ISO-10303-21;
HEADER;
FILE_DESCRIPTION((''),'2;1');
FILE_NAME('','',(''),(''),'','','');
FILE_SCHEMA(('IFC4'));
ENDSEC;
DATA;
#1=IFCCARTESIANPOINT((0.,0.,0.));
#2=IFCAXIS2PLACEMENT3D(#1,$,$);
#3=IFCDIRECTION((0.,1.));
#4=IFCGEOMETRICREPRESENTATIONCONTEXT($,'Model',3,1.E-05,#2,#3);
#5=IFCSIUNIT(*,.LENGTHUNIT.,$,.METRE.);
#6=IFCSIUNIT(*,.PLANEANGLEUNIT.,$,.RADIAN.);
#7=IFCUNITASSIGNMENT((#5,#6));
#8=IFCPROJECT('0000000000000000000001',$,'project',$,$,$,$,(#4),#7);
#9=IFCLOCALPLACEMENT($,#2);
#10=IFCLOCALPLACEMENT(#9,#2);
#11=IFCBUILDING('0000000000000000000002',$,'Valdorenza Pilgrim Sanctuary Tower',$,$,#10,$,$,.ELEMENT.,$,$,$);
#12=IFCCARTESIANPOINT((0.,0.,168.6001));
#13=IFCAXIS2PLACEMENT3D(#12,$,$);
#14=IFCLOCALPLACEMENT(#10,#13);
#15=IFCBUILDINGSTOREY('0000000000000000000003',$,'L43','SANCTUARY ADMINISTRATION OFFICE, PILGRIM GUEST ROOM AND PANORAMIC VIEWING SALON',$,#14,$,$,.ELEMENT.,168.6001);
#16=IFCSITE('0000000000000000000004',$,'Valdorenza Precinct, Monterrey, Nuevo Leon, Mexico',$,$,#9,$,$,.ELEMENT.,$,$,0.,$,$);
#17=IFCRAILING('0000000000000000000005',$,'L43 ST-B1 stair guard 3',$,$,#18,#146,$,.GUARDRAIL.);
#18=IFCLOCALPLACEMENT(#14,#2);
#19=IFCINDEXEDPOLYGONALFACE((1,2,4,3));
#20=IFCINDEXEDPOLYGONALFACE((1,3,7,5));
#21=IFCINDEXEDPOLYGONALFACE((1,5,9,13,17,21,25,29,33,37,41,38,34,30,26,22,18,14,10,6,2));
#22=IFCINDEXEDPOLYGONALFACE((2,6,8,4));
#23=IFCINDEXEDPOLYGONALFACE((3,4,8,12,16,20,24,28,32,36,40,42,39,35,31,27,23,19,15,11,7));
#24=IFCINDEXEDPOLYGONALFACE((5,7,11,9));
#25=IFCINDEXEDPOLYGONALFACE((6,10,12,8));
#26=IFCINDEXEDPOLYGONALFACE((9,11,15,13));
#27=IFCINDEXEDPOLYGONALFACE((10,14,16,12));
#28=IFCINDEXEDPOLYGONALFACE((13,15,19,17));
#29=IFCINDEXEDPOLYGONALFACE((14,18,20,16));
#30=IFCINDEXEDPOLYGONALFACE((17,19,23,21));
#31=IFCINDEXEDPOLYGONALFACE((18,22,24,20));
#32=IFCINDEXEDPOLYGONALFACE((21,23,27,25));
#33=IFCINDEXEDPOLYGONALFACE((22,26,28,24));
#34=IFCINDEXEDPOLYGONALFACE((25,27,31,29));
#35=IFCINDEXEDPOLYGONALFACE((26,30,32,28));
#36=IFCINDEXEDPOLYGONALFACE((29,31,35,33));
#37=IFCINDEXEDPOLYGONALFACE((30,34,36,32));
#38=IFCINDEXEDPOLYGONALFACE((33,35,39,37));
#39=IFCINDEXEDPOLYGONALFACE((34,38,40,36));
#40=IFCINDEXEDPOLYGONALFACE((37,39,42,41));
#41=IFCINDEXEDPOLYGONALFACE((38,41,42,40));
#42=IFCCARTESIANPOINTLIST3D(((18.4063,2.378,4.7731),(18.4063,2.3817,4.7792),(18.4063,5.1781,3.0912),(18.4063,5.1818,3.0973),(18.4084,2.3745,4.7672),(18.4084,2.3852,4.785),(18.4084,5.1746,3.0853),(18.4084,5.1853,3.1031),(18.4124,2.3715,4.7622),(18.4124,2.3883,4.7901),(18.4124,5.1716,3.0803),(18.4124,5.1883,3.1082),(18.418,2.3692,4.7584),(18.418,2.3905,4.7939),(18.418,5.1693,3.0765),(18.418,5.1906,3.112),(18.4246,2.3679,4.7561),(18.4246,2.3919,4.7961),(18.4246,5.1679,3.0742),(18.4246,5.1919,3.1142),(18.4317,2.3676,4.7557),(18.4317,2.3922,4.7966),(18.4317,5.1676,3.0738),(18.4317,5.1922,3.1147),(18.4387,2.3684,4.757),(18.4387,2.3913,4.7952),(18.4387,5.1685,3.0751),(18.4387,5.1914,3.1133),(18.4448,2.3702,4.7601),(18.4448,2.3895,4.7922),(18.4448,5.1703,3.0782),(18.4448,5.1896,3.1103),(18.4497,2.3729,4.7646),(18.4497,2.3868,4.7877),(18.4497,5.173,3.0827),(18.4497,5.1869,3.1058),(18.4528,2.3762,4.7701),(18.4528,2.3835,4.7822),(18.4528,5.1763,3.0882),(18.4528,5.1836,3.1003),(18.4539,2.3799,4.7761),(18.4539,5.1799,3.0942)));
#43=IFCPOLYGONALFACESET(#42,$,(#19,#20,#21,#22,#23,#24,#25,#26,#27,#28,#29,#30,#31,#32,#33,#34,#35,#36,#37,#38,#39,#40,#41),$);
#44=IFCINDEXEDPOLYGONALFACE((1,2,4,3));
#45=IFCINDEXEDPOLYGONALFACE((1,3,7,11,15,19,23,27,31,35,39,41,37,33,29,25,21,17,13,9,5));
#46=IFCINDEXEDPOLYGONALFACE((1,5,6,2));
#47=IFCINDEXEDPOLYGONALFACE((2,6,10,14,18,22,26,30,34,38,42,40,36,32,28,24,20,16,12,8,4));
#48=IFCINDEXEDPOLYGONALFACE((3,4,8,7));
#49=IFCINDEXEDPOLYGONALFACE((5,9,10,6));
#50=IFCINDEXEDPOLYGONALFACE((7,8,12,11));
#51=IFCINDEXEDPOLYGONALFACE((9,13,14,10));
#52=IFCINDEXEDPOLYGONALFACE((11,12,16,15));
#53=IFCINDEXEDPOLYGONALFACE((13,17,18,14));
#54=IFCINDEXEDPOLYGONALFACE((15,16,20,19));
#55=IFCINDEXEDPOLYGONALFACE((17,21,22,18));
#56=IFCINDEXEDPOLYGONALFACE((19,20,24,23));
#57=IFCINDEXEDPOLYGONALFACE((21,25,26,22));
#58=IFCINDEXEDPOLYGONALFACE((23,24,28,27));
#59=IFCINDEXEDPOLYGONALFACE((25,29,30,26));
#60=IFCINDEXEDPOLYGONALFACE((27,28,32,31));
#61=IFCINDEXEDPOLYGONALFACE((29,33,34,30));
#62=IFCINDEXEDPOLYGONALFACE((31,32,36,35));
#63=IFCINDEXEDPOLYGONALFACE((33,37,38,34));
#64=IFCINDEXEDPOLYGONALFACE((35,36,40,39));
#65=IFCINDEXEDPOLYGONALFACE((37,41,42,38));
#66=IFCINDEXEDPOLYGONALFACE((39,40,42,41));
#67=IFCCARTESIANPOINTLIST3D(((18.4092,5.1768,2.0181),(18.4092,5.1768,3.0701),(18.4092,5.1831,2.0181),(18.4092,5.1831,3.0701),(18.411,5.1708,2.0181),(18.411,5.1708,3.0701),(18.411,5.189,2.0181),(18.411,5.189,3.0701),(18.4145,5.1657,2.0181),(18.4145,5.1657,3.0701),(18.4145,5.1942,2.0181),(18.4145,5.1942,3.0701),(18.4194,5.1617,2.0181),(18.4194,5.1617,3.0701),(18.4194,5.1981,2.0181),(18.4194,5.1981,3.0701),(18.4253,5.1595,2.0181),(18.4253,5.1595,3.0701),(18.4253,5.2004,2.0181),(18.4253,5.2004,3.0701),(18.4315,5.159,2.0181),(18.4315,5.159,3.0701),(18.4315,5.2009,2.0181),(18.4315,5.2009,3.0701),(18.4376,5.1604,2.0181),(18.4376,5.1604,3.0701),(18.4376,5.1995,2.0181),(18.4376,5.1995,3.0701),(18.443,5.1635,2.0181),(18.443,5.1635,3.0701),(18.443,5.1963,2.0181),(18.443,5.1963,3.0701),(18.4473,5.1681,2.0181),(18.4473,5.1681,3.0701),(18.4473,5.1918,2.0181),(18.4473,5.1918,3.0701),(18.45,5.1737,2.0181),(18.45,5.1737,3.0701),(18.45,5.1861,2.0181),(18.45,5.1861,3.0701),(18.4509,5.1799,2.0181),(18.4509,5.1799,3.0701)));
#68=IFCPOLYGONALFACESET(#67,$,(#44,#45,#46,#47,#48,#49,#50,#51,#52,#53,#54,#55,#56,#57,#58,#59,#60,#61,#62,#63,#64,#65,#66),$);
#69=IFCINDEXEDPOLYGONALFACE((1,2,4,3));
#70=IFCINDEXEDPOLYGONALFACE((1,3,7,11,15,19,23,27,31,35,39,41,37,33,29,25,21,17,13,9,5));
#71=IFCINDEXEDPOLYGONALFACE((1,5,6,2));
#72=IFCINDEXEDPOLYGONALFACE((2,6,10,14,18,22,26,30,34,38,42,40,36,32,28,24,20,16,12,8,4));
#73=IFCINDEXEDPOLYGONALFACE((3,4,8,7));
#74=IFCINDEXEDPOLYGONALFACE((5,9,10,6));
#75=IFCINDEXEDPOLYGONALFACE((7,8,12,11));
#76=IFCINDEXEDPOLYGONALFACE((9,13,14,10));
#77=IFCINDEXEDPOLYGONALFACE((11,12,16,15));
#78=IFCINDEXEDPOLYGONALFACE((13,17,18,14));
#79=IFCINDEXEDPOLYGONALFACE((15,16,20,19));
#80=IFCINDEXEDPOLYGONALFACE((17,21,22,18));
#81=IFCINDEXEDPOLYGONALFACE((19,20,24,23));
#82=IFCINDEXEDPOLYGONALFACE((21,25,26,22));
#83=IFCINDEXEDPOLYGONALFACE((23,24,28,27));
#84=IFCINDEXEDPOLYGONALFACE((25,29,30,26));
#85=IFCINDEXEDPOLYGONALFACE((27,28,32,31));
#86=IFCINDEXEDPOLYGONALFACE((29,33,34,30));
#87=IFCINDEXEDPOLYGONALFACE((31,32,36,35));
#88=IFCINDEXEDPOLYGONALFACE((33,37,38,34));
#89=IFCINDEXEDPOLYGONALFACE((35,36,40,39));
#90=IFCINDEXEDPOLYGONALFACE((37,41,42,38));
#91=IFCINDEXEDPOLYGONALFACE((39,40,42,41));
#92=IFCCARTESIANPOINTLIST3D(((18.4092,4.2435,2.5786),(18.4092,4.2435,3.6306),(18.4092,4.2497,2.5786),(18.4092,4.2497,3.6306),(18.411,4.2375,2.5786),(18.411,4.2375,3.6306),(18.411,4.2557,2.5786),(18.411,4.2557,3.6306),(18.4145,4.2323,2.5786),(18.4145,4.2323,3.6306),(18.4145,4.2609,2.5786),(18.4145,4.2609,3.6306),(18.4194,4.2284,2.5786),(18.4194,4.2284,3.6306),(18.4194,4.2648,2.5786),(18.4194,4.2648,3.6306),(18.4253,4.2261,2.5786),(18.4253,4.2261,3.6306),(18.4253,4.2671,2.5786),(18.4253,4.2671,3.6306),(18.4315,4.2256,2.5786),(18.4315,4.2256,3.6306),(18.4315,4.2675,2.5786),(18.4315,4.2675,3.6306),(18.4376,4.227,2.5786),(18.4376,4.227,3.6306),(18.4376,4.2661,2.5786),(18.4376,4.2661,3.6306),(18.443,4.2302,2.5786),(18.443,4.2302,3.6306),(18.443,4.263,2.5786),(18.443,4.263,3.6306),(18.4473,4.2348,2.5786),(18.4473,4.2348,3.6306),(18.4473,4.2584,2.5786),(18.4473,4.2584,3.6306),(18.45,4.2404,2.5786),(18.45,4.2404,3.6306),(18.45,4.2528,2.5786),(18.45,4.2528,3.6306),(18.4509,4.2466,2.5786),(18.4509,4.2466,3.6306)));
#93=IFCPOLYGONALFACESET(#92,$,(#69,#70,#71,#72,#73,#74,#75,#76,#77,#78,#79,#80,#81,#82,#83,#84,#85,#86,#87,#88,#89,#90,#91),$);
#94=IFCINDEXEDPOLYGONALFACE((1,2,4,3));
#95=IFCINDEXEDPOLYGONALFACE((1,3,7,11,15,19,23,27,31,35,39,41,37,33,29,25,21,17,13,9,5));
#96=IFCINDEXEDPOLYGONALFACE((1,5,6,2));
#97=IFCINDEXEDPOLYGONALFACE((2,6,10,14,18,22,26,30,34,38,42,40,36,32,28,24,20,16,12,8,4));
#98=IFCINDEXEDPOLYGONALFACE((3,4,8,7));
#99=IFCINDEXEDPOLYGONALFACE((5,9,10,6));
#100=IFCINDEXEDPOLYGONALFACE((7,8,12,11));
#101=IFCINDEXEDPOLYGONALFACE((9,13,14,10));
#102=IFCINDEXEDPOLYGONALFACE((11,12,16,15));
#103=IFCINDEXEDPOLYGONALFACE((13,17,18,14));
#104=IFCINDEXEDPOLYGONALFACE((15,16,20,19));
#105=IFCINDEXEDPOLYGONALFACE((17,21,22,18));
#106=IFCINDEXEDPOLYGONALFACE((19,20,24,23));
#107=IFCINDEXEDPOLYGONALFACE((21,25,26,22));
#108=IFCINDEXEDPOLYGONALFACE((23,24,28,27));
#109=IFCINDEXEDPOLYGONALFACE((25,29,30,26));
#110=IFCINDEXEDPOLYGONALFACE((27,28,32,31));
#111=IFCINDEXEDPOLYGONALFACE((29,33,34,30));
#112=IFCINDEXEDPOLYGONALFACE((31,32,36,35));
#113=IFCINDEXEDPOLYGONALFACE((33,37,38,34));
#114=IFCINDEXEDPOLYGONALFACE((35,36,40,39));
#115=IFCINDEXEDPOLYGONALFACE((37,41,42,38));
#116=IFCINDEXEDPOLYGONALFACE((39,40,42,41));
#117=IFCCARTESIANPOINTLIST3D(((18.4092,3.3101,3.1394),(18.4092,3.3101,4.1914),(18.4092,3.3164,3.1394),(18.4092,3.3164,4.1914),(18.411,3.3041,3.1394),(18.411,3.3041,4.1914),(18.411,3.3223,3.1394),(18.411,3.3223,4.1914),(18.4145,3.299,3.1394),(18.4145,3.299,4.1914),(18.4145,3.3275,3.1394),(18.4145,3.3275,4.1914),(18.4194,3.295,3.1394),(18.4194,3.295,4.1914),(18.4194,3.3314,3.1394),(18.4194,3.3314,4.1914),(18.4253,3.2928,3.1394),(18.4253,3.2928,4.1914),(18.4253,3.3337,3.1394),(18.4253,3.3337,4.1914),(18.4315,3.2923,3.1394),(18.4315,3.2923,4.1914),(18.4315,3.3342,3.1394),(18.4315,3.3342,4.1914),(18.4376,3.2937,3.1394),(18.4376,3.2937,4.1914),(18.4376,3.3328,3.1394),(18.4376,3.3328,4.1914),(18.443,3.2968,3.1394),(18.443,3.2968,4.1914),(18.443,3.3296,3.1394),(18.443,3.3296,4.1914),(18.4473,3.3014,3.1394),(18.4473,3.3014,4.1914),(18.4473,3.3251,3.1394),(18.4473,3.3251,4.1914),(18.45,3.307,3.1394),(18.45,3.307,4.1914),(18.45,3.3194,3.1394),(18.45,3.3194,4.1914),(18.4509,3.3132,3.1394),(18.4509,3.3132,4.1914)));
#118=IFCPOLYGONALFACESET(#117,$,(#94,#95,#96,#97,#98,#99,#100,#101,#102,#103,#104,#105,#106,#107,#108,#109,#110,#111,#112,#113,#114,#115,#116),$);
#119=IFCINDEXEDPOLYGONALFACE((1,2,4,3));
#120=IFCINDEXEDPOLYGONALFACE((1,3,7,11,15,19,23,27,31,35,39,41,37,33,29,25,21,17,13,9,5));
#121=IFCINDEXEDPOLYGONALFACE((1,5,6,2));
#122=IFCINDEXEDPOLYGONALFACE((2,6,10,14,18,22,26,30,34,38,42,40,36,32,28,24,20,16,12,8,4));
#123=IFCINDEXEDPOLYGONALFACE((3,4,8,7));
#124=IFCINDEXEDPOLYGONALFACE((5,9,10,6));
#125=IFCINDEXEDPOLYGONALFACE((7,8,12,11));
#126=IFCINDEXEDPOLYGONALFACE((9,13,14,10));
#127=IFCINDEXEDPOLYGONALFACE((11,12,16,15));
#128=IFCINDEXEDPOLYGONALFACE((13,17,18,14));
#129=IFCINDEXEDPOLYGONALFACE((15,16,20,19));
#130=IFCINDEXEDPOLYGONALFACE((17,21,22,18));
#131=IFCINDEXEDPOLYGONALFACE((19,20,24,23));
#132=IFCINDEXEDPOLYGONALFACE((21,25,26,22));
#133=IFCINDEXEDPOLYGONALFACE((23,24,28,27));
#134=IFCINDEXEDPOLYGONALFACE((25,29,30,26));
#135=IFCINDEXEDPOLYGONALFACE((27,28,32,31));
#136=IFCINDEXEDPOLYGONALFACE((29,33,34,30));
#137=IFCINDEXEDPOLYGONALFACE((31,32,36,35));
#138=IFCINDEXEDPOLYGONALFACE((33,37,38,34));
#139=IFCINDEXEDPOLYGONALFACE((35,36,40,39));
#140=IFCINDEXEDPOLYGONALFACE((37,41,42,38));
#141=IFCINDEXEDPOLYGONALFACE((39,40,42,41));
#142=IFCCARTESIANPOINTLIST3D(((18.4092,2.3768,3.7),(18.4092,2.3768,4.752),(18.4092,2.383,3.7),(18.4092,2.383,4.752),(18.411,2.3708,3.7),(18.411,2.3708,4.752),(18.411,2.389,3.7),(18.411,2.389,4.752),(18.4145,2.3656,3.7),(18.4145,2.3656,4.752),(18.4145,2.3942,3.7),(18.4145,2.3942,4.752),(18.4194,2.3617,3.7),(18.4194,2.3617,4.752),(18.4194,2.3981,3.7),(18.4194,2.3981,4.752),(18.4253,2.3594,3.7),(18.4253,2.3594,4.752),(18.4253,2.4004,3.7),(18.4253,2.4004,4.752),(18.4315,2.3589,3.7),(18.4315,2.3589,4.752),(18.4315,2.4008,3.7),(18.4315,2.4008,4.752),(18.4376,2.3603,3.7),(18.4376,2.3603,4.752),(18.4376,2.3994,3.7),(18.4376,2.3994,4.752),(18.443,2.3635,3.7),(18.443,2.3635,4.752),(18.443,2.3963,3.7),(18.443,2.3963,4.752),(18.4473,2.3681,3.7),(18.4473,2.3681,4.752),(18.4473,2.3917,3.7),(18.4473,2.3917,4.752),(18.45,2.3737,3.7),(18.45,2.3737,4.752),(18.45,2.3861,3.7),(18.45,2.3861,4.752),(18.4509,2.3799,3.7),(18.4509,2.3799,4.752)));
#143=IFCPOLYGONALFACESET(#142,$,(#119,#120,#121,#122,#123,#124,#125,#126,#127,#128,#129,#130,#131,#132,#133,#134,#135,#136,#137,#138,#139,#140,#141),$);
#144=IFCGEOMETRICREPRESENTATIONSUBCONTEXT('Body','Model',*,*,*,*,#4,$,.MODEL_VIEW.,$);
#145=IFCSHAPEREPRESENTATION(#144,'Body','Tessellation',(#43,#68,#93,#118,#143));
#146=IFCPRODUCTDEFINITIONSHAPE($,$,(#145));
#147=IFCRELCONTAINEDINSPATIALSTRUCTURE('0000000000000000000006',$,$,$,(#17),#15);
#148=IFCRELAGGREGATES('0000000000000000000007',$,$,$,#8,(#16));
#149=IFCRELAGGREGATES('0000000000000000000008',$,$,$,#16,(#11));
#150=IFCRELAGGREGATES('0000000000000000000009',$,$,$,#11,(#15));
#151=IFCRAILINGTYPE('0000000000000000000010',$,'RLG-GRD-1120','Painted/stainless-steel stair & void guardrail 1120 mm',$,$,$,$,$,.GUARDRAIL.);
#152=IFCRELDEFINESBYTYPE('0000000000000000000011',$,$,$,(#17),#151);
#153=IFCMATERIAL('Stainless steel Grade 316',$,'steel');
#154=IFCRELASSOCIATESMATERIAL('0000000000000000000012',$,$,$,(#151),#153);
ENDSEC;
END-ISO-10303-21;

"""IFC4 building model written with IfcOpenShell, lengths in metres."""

from ifc_helpers import new_model, si_unit, direction, frame, origin, origin_2d, place, context, subcontext, project, spatial, circle, extrude, material, type_object, element, save


model = new_model("IFC4")

# Units and contexts
model_context = context("Model", 3, precision=1e-05, world=origin(), true_north=direction((0.0, 1.0)))
body_context = subcontext(model_context, "Body", "Model", "MODEL_VIEW")
ifc_project = project(units=[si_unit("LENGTHUNIT", "METRE"), si_unit("PLANEANGLEUNIT", "RADIAN")], contexts=[model_context])

# Site, building, storey
site_placement = place(None, origin())
site = spatial("IfcSite", under=ifc_project, at=site_placement, Name="Valdorenza Precinct, Monterrey, Nuevo Leon, Mexico", CompositionType="ELEMENT", RefElevation=0.0)
building_placement = place(site_placement, origin())
building = spatial("IfcBuilding", under=site, at=building_placement, Name="Valdorenza Pilgrim Sanctuary Tower", CompositionType="ELEMENT")
storey_placement = place(building_placement, frame((0.0, 0.0, 168.6001)))
storey = spatial("IfcBuildingStorey", under=building, at=storey_placement, Name="L43", Description="SANCTUARY ADMINISTRATION OFFICE, PILGRIM GUEST ROOM AND PANORAMIC VIEWING SALON", CompositionType="ELEMENT", Elevation=168.6001)

# Railing
ifc_material_1 = material(Name="Stainless steel Grade 316", Category="steel")
railing_type_1 = type_object("IfcRailingType", Name="RLG-GRD-1120", Description="Painted/stainless-steel stair & void guardrail 1120 mm", PredefinedType="GUARDRAIL", material=ifc_material_1)
railing_1_placement = place(storey_placement, frame((18.4299, 5.1799, 2.0181)))
element("IfcRailing", 1, at=railing_1_placement, inside=storey, type_object=railing_type_1, Name="L43 ST-B1 stair guard 3", PredefinedType="GUARDRAIL", context=body_context, shape_type="SweptSolid", body=[
    extrude(circle(Radius=0.0239, at=origin_2d()), frame((0.0, 0.0, 1.0762), z_axis=(0.0, -0.857242, 0.514913), x_axis=(1.0, 0.0, 0.0)), (0.0, 0.0, 1.0), 3.2664),
    extrude(circle(Radius=0.021, at=origin_2d()), origin(), (0.0, 0.0, 1.0), 1.052),
    extrude(circle(Radius=0.021, at=origin_2d()), frame((0.0, -0.9333, 0.5605)), (0.0, 0.0, 1.0), 1.052),
    extrude(circle(Radius=0.021, at=origin_2d()), frame((0.0, -1.8667, 1.1213)), (0.0, 0.0, 1.0), 1.052),
    extrude(circle(Radius=0.021, at=origin_2d()), frame((0.0, -2.8, 1.6819)), (0.0, 0.0, 1.0), 1.052),
])

save(model, "model.ifc")
